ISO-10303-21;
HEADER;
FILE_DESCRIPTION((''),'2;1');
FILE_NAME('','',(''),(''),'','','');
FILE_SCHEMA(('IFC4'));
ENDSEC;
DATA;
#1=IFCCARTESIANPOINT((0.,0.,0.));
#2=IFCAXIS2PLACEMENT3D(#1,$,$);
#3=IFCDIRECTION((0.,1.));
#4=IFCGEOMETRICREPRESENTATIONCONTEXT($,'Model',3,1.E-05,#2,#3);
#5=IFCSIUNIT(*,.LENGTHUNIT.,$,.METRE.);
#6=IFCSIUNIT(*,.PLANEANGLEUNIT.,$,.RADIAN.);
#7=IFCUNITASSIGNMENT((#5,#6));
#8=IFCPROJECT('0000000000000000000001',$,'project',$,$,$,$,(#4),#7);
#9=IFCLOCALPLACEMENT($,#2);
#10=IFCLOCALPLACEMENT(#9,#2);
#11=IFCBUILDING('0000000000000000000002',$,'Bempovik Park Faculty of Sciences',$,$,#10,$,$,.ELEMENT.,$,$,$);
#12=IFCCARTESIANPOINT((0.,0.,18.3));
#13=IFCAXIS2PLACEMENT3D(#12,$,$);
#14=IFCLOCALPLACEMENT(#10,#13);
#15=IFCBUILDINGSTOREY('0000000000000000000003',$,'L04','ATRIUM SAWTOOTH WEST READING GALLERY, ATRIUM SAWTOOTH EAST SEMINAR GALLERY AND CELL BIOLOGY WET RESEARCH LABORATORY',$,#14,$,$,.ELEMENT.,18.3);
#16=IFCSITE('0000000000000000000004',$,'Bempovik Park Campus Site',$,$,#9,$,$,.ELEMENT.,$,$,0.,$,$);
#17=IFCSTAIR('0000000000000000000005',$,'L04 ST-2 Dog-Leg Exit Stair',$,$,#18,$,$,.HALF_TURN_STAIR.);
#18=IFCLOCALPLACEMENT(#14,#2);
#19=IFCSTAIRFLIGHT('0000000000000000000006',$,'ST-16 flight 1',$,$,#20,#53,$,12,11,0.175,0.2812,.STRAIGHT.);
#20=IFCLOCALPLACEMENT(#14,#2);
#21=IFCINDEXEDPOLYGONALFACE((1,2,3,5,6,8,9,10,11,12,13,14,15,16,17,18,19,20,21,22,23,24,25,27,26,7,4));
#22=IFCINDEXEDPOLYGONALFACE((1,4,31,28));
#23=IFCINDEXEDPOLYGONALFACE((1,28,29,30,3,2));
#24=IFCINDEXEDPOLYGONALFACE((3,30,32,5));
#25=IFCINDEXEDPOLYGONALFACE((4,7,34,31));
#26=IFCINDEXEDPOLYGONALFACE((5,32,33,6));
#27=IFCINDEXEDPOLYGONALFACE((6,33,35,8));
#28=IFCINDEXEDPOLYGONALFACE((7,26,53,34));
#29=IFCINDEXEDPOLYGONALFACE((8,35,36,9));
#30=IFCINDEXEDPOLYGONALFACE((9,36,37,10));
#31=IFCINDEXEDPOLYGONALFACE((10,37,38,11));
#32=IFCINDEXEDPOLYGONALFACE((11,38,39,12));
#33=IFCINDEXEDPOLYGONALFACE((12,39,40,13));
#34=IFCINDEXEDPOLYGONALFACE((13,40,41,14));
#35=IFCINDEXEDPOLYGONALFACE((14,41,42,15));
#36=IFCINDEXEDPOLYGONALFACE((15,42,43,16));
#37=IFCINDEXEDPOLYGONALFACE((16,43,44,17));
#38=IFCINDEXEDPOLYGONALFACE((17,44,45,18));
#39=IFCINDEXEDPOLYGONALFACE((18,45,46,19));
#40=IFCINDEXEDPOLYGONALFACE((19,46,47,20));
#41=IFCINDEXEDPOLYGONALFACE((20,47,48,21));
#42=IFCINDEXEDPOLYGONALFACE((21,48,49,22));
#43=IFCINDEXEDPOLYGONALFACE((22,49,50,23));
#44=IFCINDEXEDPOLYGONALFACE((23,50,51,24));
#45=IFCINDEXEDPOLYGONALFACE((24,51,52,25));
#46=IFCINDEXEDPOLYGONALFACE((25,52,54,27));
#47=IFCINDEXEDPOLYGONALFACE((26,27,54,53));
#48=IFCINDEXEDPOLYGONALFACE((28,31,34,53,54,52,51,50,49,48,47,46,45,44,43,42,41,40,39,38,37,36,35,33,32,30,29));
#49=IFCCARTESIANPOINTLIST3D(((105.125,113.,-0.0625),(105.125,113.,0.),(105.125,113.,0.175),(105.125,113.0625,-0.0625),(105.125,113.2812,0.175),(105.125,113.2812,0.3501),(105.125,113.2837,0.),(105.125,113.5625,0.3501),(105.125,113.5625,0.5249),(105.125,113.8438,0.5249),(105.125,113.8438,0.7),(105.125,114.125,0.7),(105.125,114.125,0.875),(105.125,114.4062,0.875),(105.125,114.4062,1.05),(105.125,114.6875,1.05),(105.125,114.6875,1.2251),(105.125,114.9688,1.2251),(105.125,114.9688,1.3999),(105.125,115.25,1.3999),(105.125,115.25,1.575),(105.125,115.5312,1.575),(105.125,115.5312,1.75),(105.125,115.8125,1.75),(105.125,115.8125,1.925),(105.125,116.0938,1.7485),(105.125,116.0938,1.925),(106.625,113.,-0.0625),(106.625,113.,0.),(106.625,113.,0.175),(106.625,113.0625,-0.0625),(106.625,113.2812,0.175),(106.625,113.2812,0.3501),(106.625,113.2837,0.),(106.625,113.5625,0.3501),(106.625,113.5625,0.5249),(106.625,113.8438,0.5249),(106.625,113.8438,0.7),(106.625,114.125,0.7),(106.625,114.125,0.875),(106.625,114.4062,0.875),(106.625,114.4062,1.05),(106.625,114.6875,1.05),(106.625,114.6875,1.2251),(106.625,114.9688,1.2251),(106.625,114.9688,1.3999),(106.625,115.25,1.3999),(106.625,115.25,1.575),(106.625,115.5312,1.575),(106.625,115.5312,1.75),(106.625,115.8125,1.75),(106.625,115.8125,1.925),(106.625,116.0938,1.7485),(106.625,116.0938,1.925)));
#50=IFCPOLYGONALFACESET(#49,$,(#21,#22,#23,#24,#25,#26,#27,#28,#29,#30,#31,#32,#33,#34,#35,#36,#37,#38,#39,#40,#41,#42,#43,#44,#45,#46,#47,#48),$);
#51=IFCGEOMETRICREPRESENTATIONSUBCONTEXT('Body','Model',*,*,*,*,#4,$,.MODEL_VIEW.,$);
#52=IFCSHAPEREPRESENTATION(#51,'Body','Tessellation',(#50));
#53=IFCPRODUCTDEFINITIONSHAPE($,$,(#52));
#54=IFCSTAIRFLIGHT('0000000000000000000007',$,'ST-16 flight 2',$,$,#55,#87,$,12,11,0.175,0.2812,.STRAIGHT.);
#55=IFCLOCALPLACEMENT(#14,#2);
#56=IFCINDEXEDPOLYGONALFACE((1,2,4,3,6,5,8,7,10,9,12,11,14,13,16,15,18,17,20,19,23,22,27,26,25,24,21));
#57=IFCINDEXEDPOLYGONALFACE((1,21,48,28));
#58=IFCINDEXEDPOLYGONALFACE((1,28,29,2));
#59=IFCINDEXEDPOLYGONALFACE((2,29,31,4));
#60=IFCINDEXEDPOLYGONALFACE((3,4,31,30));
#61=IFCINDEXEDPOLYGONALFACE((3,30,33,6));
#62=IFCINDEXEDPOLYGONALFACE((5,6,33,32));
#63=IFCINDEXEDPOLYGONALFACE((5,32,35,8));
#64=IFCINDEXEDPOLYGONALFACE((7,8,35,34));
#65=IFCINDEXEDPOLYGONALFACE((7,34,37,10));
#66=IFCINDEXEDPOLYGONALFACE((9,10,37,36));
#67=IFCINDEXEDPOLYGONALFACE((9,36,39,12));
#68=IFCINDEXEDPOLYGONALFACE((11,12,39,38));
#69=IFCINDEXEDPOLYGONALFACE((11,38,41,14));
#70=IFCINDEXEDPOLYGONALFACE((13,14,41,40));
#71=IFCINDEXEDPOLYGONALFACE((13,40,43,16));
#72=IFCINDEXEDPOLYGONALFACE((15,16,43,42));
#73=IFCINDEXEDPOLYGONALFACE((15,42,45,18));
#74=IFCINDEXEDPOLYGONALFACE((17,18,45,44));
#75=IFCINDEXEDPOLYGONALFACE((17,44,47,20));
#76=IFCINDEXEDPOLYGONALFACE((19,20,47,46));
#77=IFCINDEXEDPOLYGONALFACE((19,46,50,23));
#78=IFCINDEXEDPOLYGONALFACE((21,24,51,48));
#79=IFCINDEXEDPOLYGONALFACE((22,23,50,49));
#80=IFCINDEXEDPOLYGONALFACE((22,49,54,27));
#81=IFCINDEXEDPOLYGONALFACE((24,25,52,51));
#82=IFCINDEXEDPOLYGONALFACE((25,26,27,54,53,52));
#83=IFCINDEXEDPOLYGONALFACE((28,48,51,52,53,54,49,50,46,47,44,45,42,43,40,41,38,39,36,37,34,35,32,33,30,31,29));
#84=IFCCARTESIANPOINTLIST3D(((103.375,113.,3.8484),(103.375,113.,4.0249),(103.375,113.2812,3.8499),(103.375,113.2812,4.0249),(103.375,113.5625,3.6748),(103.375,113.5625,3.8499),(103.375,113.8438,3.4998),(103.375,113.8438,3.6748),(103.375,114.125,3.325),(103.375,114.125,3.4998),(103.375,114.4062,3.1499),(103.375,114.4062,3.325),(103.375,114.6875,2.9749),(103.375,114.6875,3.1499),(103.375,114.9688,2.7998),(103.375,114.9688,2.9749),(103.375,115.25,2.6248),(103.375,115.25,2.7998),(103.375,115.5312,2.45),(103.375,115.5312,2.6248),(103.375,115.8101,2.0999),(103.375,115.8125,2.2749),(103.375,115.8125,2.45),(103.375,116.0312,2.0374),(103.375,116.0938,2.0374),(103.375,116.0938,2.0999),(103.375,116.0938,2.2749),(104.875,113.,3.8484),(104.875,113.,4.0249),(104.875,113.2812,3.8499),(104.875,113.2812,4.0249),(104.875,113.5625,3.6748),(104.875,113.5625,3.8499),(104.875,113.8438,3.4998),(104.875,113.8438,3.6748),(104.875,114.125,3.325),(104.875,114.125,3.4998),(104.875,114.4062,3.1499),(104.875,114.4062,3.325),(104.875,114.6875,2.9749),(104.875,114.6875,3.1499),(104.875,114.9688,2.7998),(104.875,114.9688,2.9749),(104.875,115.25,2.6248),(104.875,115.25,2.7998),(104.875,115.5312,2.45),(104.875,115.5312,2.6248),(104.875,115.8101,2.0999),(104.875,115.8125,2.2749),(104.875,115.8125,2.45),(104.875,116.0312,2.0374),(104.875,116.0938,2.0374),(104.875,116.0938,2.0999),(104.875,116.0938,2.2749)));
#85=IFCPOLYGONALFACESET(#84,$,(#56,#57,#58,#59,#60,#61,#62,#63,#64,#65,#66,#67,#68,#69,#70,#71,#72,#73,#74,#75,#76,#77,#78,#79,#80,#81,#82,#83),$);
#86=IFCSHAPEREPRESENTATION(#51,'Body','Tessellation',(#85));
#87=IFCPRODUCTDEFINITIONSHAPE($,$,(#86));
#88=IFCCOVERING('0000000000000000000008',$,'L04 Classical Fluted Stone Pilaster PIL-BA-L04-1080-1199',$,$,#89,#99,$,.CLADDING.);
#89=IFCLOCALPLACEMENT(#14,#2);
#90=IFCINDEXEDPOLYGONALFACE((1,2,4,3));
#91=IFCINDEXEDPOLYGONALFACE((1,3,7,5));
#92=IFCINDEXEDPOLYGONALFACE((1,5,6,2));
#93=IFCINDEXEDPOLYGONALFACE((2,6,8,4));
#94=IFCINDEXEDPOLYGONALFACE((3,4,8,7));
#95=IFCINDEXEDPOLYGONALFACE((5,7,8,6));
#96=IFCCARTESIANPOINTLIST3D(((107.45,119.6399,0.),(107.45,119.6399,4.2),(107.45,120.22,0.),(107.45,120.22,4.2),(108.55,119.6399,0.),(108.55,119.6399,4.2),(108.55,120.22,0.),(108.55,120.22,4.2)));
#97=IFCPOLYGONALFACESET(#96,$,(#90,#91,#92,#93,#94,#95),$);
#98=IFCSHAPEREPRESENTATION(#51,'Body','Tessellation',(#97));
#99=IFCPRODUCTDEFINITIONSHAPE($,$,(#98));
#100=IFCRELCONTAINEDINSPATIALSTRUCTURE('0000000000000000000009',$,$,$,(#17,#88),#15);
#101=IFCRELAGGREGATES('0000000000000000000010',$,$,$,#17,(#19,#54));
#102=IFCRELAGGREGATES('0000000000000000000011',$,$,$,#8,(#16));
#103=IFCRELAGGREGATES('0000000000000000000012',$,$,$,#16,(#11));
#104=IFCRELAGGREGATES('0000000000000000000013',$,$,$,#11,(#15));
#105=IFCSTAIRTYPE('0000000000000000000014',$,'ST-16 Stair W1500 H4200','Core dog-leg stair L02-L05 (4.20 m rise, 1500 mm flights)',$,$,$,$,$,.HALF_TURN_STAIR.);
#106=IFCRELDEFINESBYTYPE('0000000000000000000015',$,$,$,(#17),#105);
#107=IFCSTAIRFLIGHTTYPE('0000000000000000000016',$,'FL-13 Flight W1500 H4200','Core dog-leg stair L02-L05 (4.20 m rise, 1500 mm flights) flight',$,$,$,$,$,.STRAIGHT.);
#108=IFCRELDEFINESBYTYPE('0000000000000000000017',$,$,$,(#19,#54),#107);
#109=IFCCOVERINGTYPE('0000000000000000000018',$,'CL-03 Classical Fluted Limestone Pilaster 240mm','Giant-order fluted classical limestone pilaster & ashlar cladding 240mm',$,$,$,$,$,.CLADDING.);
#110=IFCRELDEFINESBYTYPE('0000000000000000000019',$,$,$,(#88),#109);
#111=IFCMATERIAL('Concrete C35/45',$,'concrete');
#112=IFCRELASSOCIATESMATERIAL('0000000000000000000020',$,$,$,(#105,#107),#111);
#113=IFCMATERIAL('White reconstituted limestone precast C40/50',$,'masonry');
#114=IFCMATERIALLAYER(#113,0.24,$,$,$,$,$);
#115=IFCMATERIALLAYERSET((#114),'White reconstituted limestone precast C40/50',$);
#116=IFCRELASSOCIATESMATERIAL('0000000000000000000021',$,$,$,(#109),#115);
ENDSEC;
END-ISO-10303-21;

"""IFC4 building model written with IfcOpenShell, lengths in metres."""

from ifc_helpers import new_model, si_unit, direction, frame, origin, origin_2d, place, context, subcontext, project, spatial, polyline, rectangle, outline, extrude, material, layer, layer_set, type_object, element, aggregate, save


model = new_model("IFC4")

# Units and contexts
model_context = context("Model", 3, precision=1e-05, world=origin(), true_north=direction((0.0, 1.0)))
body_context = subcontext(model_context, "Body", "Model", "MODEL_VIEW")
ifc_project = project(units=[si_unit("LENGTHUNIT", "METRE"), si_unit("PLANEANGLEUNIT", "RADIAN")], contexts=[model_context])

# Site, building, storey
site_placement = place(None, origin())
site = spatial("IfcSite", under=ifc_project, at=site_placement, Name="Bempovik Park Campus Site", CompositionType="ELEMENT", RefElevation=0.0)
building_placement = place(site_placement, origin())
building = spatial("IfcBuilding", under=site, at=building_placement, Name="Bempovik Park Faculty of Sciences", CompositionType="ELEMENT")
storey_placement = place(building_placement, frame((0.0, 0.0, 18.3)))
storey = spatial("IfcBuildingStorey", under=building, at=storey_placement, Name="L04", Description="ATRIUM SAWTOOTH WEST READING GALLERY, ATRIUM SAWTOOTH EAST SEMINAR GALLERY AND CELL BIOLOGY WET RESEARCH LABORATORY", CompositionType="ELEMENT", Elevation=18.3)

# Shared definitions
ifc_material_1 = material(Name="Concrete C35/45", Category="concrete")

# Stair, stair flights
stair_type = type_object("IfcStairType", Name="ST-16 Stair W1500 H4200", Description="Core dog-leg stair L02-L05 (4.20 m rise, 1500 mm flights)", PredefinedType="HALF_TURN_STAIR", material=ifc_material_1)
stair_placement = place(storey_placement, origin())
stair = element("IfcStair", 1, at=stair_placement, inside=storey, type_object=stair_type, Name="L04 ST-2 Dog-Leg Exit Stair", PredefinedType="HALF_TURN_STAIR")
stair_flight_type = type_object("IfcStairFlightType", Name="FL-13 Flight W1500 H4200", Description="Core dog-leg stair L02-L05 (4.20 m rise, 1500 mm flights) flight", PredefinedType="STRAIGHT", material=ifc_material_1)
stair_flight_1_placement = place(storey_placement, frame((105.875, 113.0, 0.0), z_axis=(0.0, 0.0, 1.0), x_axis=(0.0, 1.0, 0.0)))
stair_flight_1 = element("IfcStairFlight", 2, at=stair_flight_1_placement, type_object=stair_flight_type, Name="ST-16 flight 1", NumberOfRisers=12, NumberOfTreads=11, PredefinedType="STRAIGHT", RiserHeight=0.175, TreadLength=0.2812, context=body_context, shape_type="SweptSolid", body=[
    extrude(outline(polyline([(0.0, 0.0), (0.0, 0.175), (0.2812, 0.175), (0.2812, 0.3501), (0.5625, 0.3501), (0.5625, 0.5249), (0.8438, 0.5249), (0.8438, 0.7), (1.125, 0.7), (1.125, 0.875), (1.4062, 0.875), (1.4062, 1.05), (1.6875, 1.05), (1.6875, 1.2251), (1.9688, 1.2251), (1.9688, 1.3999), (2.25, 1.3999), (2.25, 1.575), (2.5312, 1.575), (2.5312, 1.75), (2.8125, 1.75), (2.8125, 1.925), (3.0938, 1.925), (3.0938, 2.1001), (3.0938, 1.7485), (0.2837, 0.0), (0.0625, -0.0625), (0.0, -0.0625), (0.0, 0.0)])), frame((0.0, 0.75, 0.0), z_axis=(0.0, -1.0, 0.0), x_axis=(1.0, 0.0, 0.0)), (0.0, 0.0, 1.0), 1.5),
])
stair_flight_2_placement = place(storey_placement, frame((104.125, 116.0938, 2.0999), z_axis=(0.0, 0.0, 1.0), x_axis=(0.0, -1.0, 0.0)))
stair_flight_2 = element("IfcStairFlight", 3, at=stair_flight_2_placement, type_object=stair_flight_type, Name="ST-16 flight 2", NumberOfRisers=12, NumberOfTreads=11, PredefinedType="STRAIGHT", RiserHeight=0.175, TreadLength=0.2812, context=body_context, shape_type="SweptSolid", body=[
    extrude(outline(polyline([(0.0, 0.0), (0.0, 0.175), (0.2812, 0.175), (0.2812, 0.3501), (0.5625, 0.3501), (0.5625, 0.5249), (0.8438, 0.5249), (0.8438, 0.7), (1.125, 0.7), (1.125, 0.875), (1.4062, 0.875), (1.4062, 1.05), (1.6875, 1.05), (1.6875, 1.2251), (1.9688, 1.2251), (1.9688, 1.3999), (2.25, 1.3999), (2.25, 1.575), (2.5312, 1.575), (2.5312, 1.75), (2.8125, 1.75), (2.8125, 1.925), (3.0938, 1.925), (3.0938, 2.1001), (3.0938, 1.7485), (0.2837, 0.0), (0.0625, -0.0625), (0.0, -0.0625), (0.0, 0.0)])), frame((0.0, 0.75, 0.0), z_axis=(0.0, -1.0, 0.0), x_axis=(1.0, 0.0, 0.0)), (0.0, 0.0, 1.0), 1.5),
])
aggregate(stair, [stair_flight_1, stair_flight_2])

# Covering
ifc_material_2 = material(Name="White reconstituted limestone precast C40/50", Category="masonry")
ifc_layer_1 = layer(ifc_material_2, 0.24)
ifc_layer_set_1 = layer_set([ifc_layer_1], Name="White reconstituted limestone precast C40/50")
covering_type = type_object("IfcCoveringType", Name="CL-03 Classical Fluted Limestone Pilaster 240mm", Description="Giant-order fluted classical limestone pilaster & ashlar cladding 240mm", PredefinedType="CLADDING", material=ifc_layer_set_1)
covering_placement = place(storey_placement, frame((108.0, 119.9299, 0.0), z_axis=(0.0, 0.0, 1.0), x_axis=(1.0, 0.0, 0.0)))
element("IfcCovering", 4, at=covering_placement, inside=storey, type_object=covering_type, Name="L04 Classical Fluted Stone Pilaster PIL-BA-L04-1080-1199", PredefinedType="CLADDING", context=body_context, shape_type="SweptSolid", body=[
    extrude(rectangle(XDim=1.1001, YDim=0.5801, at=origin_2d()), origin(), (0.0, 0.0, 1.0), 4.2),
])

save(model, "model.ifc")
